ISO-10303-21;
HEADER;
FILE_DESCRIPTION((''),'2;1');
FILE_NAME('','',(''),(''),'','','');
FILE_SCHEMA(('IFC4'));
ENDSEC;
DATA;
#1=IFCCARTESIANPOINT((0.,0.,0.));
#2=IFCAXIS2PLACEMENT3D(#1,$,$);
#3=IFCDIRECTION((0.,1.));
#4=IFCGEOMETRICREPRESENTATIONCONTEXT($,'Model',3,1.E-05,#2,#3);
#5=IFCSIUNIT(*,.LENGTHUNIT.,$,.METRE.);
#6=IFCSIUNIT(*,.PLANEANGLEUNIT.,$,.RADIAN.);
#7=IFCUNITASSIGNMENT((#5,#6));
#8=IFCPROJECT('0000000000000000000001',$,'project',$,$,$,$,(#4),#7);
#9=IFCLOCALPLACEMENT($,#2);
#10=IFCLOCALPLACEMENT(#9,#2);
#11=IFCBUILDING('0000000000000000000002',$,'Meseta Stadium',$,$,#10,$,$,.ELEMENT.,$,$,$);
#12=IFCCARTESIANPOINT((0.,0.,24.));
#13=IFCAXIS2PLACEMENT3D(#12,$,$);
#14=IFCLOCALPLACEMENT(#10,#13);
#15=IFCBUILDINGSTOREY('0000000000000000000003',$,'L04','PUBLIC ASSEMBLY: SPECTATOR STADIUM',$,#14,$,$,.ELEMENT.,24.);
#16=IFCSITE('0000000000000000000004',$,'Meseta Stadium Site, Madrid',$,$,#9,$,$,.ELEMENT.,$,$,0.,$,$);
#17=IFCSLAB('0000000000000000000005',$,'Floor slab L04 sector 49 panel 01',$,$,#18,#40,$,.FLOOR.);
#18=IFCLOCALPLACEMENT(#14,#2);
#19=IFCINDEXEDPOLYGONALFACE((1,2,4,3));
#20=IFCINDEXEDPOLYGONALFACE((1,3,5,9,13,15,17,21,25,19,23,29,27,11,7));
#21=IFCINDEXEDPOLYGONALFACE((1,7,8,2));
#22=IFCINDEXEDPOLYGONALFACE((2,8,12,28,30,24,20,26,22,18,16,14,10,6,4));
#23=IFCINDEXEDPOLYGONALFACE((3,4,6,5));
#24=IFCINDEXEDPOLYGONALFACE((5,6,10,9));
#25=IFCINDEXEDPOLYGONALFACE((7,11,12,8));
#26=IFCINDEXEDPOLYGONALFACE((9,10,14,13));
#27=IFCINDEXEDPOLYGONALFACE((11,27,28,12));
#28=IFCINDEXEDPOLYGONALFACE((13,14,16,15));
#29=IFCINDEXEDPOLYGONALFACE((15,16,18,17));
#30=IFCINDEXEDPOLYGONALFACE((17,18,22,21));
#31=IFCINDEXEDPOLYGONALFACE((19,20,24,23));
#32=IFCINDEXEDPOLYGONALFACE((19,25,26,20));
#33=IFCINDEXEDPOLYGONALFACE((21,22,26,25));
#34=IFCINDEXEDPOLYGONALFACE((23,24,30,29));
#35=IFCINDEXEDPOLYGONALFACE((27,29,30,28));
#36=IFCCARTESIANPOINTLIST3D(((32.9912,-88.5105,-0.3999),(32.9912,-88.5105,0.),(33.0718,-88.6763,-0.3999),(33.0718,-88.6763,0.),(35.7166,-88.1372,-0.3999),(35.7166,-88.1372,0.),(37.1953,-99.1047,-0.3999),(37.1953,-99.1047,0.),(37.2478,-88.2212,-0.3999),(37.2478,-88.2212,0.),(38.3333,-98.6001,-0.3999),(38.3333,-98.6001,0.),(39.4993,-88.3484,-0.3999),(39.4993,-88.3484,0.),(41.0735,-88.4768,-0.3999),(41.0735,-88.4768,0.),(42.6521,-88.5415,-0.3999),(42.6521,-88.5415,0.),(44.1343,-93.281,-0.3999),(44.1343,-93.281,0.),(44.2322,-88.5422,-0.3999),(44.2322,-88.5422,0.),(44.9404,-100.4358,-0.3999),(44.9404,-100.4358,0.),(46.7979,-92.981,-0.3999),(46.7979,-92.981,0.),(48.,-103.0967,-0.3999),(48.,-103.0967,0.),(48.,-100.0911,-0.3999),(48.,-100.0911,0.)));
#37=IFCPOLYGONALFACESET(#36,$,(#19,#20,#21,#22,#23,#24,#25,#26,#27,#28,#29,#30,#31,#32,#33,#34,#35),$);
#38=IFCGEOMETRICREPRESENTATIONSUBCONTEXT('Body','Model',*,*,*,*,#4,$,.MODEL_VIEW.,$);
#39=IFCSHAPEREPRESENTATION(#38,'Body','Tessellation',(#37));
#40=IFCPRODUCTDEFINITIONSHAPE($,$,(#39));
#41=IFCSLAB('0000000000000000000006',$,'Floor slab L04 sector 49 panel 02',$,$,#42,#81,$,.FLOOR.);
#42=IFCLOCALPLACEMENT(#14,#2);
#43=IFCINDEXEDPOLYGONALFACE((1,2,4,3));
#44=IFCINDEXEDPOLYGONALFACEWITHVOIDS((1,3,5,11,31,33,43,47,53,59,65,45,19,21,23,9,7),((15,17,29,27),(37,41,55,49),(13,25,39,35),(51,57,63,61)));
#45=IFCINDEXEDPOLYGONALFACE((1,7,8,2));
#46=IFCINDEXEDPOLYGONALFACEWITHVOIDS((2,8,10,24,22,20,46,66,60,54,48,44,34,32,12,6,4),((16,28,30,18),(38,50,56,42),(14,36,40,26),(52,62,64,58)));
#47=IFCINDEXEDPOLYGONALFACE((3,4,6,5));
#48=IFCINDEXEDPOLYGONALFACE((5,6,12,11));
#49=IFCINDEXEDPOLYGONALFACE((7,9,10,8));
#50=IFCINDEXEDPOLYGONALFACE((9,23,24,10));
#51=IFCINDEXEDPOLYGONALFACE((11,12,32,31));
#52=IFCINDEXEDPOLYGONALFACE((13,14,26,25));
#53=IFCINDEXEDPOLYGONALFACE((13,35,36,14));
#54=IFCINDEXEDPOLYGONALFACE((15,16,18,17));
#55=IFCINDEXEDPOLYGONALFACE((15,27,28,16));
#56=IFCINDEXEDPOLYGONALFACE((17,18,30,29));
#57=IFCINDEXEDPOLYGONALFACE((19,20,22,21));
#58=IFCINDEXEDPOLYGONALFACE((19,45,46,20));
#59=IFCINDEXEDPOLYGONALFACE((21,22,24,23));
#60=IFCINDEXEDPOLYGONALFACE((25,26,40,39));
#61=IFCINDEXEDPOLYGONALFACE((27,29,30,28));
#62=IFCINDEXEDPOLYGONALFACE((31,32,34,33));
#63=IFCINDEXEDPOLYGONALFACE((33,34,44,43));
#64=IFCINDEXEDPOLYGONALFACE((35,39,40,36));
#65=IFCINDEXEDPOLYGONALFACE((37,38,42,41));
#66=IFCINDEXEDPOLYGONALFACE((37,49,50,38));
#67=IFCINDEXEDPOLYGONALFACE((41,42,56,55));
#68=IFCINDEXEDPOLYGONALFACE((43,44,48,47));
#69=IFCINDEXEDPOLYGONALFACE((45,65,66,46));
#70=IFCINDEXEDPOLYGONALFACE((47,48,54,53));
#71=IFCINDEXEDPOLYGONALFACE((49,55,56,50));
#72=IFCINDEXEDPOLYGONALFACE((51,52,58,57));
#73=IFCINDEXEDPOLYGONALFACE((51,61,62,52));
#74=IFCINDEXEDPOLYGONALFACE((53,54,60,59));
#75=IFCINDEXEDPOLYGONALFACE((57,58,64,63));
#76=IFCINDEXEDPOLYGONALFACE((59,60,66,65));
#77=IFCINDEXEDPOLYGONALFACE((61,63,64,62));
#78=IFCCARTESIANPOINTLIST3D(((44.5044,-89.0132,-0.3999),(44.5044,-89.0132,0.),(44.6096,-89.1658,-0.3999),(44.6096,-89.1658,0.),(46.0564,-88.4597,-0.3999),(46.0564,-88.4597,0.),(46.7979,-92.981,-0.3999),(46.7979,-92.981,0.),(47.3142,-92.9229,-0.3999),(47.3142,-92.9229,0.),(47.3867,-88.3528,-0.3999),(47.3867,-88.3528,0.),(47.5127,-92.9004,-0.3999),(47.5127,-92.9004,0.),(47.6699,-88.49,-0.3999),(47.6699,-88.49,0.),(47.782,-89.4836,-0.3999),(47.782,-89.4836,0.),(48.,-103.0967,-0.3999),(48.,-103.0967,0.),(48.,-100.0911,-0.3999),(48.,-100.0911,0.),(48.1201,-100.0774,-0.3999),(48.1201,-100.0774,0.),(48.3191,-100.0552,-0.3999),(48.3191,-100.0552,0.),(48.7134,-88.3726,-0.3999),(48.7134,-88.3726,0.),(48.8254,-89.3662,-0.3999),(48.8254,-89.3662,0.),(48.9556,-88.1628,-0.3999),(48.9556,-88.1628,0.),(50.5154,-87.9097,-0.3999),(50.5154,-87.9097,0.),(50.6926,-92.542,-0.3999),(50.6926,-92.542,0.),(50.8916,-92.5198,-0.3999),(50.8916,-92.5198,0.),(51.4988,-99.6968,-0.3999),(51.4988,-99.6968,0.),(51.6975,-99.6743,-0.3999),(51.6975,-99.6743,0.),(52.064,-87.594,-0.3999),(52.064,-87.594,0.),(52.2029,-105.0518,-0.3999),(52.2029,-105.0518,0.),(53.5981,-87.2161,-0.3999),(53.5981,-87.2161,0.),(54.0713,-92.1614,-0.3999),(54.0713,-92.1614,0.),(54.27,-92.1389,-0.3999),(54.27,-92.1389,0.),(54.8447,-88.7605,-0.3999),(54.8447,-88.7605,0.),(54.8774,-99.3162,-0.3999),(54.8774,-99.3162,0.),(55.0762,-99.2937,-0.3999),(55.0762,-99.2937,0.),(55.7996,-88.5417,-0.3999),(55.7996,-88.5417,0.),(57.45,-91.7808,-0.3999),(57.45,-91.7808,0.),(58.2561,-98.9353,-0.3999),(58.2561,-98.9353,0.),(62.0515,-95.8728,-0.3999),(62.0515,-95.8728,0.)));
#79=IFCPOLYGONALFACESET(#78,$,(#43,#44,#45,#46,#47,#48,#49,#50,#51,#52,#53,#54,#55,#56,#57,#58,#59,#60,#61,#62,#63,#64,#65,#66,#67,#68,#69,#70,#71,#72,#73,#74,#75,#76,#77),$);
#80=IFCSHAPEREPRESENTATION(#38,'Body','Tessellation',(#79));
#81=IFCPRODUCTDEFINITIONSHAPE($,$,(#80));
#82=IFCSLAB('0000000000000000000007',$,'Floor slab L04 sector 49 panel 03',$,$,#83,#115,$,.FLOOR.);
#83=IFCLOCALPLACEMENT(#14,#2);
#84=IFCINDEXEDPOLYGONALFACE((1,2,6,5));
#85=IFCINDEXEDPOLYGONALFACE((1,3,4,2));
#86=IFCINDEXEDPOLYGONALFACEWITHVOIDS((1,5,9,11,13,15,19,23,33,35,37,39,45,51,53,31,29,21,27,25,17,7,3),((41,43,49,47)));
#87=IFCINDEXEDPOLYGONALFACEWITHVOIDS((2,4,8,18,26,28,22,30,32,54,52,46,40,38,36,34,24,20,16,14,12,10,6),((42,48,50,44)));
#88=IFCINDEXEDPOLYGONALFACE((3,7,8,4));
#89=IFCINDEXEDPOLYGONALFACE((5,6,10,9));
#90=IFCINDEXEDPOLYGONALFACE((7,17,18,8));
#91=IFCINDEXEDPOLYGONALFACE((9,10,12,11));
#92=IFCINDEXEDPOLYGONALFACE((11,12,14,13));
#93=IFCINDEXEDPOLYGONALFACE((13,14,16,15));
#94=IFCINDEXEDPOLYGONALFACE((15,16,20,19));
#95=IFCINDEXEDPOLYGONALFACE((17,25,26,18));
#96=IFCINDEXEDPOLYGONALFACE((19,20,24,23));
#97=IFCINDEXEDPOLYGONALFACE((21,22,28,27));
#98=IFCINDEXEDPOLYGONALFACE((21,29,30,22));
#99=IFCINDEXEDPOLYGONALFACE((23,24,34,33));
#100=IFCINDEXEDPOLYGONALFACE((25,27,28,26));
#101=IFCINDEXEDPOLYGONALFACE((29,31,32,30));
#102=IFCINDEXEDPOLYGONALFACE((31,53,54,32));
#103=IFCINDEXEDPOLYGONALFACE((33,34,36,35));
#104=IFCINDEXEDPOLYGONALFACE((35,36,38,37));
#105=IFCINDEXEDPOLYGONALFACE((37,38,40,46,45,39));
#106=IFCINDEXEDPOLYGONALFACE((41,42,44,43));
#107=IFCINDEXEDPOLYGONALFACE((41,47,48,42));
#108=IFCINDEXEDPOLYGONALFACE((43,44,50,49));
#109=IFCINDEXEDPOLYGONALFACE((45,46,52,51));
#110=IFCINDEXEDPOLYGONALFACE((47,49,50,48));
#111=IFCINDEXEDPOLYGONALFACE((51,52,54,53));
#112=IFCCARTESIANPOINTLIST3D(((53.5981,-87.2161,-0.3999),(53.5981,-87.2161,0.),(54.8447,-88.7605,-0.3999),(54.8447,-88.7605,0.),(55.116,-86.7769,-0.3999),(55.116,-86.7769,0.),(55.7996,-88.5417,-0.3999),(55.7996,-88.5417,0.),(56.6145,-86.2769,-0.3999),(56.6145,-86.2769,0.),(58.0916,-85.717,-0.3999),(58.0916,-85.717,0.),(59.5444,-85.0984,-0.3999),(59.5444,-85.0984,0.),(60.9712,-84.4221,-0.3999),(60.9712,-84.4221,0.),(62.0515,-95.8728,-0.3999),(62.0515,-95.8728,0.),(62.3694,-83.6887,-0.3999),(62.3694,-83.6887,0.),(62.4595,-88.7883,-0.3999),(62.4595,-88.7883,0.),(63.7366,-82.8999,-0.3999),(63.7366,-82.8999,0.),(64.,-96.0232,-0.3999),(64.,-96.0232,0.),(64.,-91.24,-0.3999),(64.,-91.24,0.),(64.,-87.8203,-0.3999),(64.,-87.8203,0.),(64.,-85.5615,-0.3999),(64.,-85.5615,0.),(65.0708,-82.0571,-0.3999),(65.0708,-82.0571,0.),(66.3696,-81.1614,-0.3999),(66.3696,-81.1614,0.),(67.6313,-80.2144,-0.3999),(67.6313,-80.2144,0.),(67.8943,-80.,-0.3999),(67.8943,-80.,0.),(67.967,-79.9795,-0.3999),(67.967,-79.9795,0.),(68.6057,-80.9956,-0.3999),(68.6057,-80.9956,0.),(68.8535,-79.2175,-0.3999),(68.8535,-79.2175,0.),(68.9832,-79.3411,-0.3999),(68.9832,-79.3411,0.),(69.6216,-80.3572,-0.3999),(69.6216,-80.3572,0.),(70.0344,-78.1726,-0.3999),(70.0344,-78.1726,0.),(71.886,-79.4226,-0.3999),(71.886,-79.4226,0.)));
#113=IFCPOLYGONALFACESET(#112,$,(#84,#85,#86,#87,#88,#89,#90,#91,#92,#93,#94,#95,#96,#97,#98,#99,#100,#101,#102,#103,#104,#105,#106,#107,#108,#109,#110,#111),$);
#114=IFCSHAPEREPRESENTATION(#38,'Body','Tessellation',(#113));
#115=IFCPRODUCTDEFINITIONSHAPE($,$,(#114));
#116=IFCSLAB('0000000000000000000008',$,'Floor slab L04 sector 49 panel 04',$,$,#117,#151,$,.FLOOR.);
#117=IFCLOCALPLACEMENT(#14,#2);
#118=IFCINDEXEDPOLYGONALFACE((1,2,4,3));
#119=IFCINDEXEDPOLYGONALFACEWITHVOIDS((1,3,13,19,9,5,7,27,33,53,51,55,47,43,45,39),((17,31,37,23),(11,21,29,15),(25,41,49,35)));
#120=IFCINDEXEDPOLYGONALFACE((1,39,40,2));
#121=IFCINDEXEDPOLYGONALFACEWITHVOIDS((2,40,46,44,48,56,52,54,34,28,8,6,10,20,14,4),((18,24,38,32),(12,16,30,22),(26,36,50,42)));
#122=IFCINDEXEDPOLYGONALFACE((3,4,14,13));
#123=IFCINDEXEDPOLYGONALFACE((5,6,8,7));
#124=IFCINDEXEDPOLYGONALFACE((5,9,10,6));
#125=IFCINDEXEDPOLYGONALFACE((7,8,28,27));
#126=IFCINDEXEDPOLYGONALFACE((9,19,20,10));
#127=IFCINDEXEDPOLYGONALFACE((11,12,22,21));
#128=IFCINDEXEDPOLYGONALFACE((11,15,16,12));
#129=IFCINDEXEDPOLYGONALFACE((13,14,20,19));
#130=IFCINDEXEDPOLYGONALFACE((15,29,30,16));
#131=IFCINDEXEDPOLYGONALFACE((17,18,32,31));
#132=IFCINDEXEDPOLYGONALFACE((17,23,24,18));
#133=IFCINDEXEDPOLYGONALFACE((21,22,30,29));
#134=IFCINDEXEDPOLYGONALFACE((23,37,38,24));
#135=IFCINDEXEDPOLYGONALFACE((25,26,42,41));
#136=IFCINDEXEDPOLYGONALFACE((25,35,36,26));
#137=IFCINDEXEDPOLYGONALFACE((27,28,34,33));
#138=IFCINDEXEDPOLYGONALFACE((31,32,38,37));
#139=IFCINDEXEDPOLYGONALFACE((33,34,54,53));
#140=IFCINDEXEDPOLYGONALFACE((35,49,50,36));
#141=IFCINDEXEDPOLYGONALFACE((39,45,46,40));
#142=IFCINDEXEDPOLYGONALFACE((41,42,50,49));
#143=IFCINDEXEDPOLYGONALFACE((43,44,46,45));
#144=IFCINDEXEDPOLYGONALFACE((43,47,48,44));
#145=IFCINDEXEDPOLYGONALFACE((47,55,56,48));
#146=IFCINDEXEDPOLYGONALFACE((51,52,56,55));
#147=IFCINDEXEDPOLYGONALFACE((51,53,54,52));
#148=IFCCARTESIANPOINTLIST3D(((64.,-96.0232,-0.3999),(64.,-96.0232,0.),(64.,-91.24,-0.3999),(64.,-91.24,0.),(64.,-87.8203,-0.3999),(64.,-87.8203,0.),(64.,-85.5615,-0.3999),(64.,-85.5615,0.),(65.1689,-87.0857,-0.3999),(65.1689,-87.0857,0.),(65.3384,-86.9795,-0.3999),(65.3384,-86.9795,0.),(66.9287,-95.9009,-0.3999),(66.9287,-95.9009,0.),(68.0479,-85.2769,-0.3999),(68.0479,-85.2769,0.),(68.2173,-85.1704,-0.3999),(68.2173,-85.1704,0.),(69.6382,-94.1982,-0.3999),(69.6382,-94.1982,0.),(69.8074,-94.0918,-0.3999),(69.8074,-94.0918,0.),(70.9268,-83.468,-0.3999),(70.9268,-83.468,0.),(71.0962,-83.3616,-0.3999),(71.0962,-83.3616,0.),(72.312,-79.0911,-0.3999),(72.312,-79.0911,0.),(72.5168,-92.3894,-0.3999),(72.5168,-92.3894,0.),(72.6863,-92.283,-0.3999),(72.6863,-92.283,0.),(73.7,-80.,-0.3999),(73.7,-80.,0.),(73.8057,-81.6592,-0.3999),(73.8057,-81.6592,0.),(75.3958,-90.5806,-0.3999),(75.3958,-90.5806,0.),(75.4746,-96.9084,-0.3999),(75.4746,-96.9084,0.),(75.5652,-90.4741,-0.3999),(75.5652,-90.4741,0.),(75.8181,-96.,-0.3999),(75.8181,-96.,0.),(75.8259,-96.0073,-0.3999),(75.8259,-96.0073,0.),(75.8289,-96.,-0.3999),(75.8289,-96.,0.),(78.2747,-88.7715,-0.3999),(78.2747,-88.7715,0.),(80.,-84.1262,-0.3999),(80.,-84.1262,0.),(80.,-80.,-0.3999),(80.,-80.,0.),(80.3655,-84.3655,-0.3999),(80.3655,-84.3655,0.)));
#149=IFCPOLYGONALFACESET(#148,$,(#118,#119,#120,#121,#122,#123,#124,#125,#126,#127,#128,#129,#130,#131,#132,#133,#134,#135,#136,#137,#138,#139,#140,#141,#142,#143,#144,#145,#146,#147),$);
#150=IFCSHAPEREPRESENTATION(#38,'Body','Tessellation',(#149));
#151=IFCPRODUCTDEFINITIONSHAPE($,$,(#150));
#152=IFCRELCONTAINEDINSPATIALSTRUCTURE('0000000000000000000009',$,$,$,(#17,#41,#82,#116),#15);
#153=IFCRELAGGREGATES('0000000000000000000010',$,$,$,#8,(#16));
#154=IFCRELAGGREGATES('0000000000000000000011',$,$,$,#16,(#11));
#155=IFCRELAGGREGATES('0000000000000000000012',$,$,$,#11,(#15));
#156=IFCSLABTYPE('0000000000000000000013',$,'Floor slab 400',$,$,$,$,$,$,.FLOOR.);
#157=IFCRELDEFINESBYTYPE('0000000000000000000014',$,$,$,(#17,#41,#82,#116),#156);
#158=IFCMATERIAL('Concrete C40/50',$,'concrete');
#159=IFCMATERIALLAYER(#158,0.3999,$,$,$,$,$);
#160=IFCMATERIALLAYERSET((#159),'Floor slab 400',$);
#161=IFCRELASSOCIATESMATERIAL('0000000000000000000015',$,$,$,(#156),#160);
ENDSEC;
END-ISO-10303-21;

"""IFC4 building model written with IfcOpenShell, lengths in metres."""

from ifc_helpers import new_model, si_unit, direction, frame, origin, place, context, subcontext, project, spatial, polyline, outline, extrude, material, layer, layer_set, type_object, element, save


model = new_model("IFC4")

# Units and contexts
model_context = context("Model", 3, precision=1e-05, world=origin(), true_north=direction((0.0, 1.0)))
body_context = subcontext(model_context, "Body", "Model", "MODEL_VIEW")
ifc_project = project(units=[si_unit("LENGTHUNIT", "METRE"), si_unit("PLANEANGLEUNIT", "RADIAN")], contexts=[model_context])

# Site, building, storey
site_placement = place(None, origin())
site = spatial("IfcSite", under=ifc_project, at=site_placement, Name="Meseta Stadium Site, Madrid", CompositionType="ELEMENT", RefElevation=0.0)
building_placement = place(site_placement, origin())
building = spatial("IfcBuilding", under=site, at=building_placement, Name="Meseta Stadium", CompositionType="ELEMENT")
storey_placement = place(building_placement, frame((0.0, 0.0, 24.0)))
storey = spatial("IfcBuildingStorey", under=building, at=storey_placement, Name="L04", Description="PUBLIC ASSEMBLY: SPECTATOR STADIUM", CompositionType="ELEMENT", Elevation=24.0)

# Slabs
ifc_material_1 = material(Name="Concrete C40/50", Category="concrete")
ifc_layer_1 = layer(ifc_material_1, 0.3999)
ifc_layer_set_1 = layer_set([ifc_layer_1], Name="Floor slab 400")
slab_type = type_object("IfcSlabType", Name="Floor slab 400", PredefinedType="FLOOR", material=ifc_layer_set_1)
slab_1_placement = place(storey_placement, frame((0.0, 0.0, -0.3999)))
element("IfcSlab", 1, at=slab_1_placement, inside=storey, type_object=slab_type, Name="Floor slab L04 sector 49 panel 01", PredefinedType="FLOOR", context=body_context, shape_type="SweptSolid", body=[
    extrude(outline(polyline([(37.2478, -88.2212), (35.7166, -88.1372), (33.0718, -88.6763), (32.9912, -88.5105), (37.1953, -99.1047), (38.3333, -98.6001), (48.0, -103.0967), (48.0, -100.0911), (44.9404, -100.4358), (44.1343, -93.281), (46.7979, -92.981), (44.2322, -88.5422), (42.6521, -88.5415), (41.0735, -88.4768), (39.4993, -88.3484), (37.2478, -88.2212)])), origin(), (0.0, 0.0, 1.0), 0.3999),
])
slab_2_placement = place(storey_placement, frame((0.0, 0.0, -0.3999)))
element("IfcSlab", 2, at=slab_2_placement, inside=storey, type_object=slab_type, Name="Floor slab L04 sector 49 panel 02", PredefinedType="FLOOR", context=body_context, shape_type="SweptSolid", body=[
    extrude(outline(polyline([(47.3867, -88.3528), (46.0564, -88.4597), (44.6096, -89.1658), (44.5044, -89.0132), (44.2324, -88.5422), (44.2322, -88.5422), (46.7979, -92.981), (47.3142, -92.9229), (48.1201, -100.0774), (48.0, -100.0911), (48.0, -103.0967), (52.2029, -105.0518), (62.0515, -95.8728), (55.7996, -88.5417), (54.8447, -88.7605), (53.5981, -87.2161), (52.064, -87.594), (50.5154, -87.9097), (48.9556, -88.1628), (47.3867, -88.3528)]), holes=[polyline([(50.6926, -92.542), (51.4988, -99.6968), (48.3191, -100.0552), (47.5127, -92.9004), (50.6926, -92.542)]), polyline([(58.2561, -98.9353), (55.0762, -99.2937), (54.27, -92.1389), (57.45, -91.7808), (58.2561, -98.9353)]), polyline([(54.0713, -92.1614), (54.8774, -99.3162), (51.6975, -99.6743), (50.8916, -92.5198), (54.0713, -92.1614)]), polyline([(47.6699, -88.49), (48.7134, -88.3726), (48.8254, -89.3662), (47.782, -89.4836), (47.6699, -88.49)])]), origin(), (0.0, 0.0, 1.0), 0.3999),
])
slab_3_placement = place(storey_placement, frame((0.0, 0.0, -0.3999)))
element("IfcSlab", 3, at=slab_3_placement, inside=storey, type_object=slab_type, Name="Floor slab L04 sector 49 panel 03", PredefinedType="FLOOR", context=body_context, shape_type="SweptSolid", body=[
    extrude(outline(polyline([(62.0515, -95.8728), (64.0, -96.0232), (64.0, -91.24), (62.4595, -88.7883), (64.0, -87.8203), (64.0, -85.5615), (71.886, -79.4226), (70.0344, -78.1726), (68.8535, -79.2175), (67.8943, -80.0), (67.6313, -80.2144), (66.3696, -81.1614), (65.0708, -82.0571), (63.7366, -82.8999), (62.3694, -83.6887), (60.9712, -84.4221), (59.5444, -85.0984), (58.0916, -85.717), (56.6145, -86.2769), (55.116, -86.7769), (53.5981, -87.2161), (54.8447, -88.7605), (55.7996, -88.5417), (62.0515, -95.8728)]), holes=[polyline([(67.967, -79.9795), (68.9832, -79.3411), (69.6216, -80.3572), (68.6057, -80.9956), (67.967, -79.9795)])]), origin(), (0.0, 0.0, 1.0), 0.3999),
])
slab_4_placement = place(storey_placement, frame((0.0, 0.0, -0.3999)))
element("IfcSlab", 4, at=slab_4_placement, inside=storey, type_object=slab_type, Name="Floor slab L04 sector 49 panel 04", PredefinedType="FLOOR", context=body_context, shape_type="SweptSolid", body=[
    extrude(outline(polyline([(75.8289, -96.0), (80.3655, -84.3655), (80.0, -84.1262), (80.0, -80.0), (73.7, -80.0), (72.312, -79.0911), (64.0, -85.5615), (64.0, -87.8203), (65.1689, -87.0857), (69.6382, -94.1982), (66.9287, -95.9009), (64.0, -91.24), (64.0, -96.0232), (75.4746, -96.9084), (75.8259, -96.0073), (75.8181, -96.0), (75.8289, -96.0)]), holes=[polyline([(72.5168, -92.3894), (69.8074, -94.0918), (65.3384, -86.9795), (68.0479, -85.2769), (72.5168, -92.3894)]), polyline([(75.3958, -90.5806), (72.6863, -92.283), (68.2173, -85.1704), (70.9268, -83.468), (75.3958, -90.5806)]), polyline([(78.2747, -88.7715), (75.5652, -90.4741), (71.0962, -83.3616), (73.8057, -81.6592), (78.2747, -88.7715)])]), origin(), (0.0, 0.0, 1.0), 0.3999),
])

save(model, "model.ifc")
